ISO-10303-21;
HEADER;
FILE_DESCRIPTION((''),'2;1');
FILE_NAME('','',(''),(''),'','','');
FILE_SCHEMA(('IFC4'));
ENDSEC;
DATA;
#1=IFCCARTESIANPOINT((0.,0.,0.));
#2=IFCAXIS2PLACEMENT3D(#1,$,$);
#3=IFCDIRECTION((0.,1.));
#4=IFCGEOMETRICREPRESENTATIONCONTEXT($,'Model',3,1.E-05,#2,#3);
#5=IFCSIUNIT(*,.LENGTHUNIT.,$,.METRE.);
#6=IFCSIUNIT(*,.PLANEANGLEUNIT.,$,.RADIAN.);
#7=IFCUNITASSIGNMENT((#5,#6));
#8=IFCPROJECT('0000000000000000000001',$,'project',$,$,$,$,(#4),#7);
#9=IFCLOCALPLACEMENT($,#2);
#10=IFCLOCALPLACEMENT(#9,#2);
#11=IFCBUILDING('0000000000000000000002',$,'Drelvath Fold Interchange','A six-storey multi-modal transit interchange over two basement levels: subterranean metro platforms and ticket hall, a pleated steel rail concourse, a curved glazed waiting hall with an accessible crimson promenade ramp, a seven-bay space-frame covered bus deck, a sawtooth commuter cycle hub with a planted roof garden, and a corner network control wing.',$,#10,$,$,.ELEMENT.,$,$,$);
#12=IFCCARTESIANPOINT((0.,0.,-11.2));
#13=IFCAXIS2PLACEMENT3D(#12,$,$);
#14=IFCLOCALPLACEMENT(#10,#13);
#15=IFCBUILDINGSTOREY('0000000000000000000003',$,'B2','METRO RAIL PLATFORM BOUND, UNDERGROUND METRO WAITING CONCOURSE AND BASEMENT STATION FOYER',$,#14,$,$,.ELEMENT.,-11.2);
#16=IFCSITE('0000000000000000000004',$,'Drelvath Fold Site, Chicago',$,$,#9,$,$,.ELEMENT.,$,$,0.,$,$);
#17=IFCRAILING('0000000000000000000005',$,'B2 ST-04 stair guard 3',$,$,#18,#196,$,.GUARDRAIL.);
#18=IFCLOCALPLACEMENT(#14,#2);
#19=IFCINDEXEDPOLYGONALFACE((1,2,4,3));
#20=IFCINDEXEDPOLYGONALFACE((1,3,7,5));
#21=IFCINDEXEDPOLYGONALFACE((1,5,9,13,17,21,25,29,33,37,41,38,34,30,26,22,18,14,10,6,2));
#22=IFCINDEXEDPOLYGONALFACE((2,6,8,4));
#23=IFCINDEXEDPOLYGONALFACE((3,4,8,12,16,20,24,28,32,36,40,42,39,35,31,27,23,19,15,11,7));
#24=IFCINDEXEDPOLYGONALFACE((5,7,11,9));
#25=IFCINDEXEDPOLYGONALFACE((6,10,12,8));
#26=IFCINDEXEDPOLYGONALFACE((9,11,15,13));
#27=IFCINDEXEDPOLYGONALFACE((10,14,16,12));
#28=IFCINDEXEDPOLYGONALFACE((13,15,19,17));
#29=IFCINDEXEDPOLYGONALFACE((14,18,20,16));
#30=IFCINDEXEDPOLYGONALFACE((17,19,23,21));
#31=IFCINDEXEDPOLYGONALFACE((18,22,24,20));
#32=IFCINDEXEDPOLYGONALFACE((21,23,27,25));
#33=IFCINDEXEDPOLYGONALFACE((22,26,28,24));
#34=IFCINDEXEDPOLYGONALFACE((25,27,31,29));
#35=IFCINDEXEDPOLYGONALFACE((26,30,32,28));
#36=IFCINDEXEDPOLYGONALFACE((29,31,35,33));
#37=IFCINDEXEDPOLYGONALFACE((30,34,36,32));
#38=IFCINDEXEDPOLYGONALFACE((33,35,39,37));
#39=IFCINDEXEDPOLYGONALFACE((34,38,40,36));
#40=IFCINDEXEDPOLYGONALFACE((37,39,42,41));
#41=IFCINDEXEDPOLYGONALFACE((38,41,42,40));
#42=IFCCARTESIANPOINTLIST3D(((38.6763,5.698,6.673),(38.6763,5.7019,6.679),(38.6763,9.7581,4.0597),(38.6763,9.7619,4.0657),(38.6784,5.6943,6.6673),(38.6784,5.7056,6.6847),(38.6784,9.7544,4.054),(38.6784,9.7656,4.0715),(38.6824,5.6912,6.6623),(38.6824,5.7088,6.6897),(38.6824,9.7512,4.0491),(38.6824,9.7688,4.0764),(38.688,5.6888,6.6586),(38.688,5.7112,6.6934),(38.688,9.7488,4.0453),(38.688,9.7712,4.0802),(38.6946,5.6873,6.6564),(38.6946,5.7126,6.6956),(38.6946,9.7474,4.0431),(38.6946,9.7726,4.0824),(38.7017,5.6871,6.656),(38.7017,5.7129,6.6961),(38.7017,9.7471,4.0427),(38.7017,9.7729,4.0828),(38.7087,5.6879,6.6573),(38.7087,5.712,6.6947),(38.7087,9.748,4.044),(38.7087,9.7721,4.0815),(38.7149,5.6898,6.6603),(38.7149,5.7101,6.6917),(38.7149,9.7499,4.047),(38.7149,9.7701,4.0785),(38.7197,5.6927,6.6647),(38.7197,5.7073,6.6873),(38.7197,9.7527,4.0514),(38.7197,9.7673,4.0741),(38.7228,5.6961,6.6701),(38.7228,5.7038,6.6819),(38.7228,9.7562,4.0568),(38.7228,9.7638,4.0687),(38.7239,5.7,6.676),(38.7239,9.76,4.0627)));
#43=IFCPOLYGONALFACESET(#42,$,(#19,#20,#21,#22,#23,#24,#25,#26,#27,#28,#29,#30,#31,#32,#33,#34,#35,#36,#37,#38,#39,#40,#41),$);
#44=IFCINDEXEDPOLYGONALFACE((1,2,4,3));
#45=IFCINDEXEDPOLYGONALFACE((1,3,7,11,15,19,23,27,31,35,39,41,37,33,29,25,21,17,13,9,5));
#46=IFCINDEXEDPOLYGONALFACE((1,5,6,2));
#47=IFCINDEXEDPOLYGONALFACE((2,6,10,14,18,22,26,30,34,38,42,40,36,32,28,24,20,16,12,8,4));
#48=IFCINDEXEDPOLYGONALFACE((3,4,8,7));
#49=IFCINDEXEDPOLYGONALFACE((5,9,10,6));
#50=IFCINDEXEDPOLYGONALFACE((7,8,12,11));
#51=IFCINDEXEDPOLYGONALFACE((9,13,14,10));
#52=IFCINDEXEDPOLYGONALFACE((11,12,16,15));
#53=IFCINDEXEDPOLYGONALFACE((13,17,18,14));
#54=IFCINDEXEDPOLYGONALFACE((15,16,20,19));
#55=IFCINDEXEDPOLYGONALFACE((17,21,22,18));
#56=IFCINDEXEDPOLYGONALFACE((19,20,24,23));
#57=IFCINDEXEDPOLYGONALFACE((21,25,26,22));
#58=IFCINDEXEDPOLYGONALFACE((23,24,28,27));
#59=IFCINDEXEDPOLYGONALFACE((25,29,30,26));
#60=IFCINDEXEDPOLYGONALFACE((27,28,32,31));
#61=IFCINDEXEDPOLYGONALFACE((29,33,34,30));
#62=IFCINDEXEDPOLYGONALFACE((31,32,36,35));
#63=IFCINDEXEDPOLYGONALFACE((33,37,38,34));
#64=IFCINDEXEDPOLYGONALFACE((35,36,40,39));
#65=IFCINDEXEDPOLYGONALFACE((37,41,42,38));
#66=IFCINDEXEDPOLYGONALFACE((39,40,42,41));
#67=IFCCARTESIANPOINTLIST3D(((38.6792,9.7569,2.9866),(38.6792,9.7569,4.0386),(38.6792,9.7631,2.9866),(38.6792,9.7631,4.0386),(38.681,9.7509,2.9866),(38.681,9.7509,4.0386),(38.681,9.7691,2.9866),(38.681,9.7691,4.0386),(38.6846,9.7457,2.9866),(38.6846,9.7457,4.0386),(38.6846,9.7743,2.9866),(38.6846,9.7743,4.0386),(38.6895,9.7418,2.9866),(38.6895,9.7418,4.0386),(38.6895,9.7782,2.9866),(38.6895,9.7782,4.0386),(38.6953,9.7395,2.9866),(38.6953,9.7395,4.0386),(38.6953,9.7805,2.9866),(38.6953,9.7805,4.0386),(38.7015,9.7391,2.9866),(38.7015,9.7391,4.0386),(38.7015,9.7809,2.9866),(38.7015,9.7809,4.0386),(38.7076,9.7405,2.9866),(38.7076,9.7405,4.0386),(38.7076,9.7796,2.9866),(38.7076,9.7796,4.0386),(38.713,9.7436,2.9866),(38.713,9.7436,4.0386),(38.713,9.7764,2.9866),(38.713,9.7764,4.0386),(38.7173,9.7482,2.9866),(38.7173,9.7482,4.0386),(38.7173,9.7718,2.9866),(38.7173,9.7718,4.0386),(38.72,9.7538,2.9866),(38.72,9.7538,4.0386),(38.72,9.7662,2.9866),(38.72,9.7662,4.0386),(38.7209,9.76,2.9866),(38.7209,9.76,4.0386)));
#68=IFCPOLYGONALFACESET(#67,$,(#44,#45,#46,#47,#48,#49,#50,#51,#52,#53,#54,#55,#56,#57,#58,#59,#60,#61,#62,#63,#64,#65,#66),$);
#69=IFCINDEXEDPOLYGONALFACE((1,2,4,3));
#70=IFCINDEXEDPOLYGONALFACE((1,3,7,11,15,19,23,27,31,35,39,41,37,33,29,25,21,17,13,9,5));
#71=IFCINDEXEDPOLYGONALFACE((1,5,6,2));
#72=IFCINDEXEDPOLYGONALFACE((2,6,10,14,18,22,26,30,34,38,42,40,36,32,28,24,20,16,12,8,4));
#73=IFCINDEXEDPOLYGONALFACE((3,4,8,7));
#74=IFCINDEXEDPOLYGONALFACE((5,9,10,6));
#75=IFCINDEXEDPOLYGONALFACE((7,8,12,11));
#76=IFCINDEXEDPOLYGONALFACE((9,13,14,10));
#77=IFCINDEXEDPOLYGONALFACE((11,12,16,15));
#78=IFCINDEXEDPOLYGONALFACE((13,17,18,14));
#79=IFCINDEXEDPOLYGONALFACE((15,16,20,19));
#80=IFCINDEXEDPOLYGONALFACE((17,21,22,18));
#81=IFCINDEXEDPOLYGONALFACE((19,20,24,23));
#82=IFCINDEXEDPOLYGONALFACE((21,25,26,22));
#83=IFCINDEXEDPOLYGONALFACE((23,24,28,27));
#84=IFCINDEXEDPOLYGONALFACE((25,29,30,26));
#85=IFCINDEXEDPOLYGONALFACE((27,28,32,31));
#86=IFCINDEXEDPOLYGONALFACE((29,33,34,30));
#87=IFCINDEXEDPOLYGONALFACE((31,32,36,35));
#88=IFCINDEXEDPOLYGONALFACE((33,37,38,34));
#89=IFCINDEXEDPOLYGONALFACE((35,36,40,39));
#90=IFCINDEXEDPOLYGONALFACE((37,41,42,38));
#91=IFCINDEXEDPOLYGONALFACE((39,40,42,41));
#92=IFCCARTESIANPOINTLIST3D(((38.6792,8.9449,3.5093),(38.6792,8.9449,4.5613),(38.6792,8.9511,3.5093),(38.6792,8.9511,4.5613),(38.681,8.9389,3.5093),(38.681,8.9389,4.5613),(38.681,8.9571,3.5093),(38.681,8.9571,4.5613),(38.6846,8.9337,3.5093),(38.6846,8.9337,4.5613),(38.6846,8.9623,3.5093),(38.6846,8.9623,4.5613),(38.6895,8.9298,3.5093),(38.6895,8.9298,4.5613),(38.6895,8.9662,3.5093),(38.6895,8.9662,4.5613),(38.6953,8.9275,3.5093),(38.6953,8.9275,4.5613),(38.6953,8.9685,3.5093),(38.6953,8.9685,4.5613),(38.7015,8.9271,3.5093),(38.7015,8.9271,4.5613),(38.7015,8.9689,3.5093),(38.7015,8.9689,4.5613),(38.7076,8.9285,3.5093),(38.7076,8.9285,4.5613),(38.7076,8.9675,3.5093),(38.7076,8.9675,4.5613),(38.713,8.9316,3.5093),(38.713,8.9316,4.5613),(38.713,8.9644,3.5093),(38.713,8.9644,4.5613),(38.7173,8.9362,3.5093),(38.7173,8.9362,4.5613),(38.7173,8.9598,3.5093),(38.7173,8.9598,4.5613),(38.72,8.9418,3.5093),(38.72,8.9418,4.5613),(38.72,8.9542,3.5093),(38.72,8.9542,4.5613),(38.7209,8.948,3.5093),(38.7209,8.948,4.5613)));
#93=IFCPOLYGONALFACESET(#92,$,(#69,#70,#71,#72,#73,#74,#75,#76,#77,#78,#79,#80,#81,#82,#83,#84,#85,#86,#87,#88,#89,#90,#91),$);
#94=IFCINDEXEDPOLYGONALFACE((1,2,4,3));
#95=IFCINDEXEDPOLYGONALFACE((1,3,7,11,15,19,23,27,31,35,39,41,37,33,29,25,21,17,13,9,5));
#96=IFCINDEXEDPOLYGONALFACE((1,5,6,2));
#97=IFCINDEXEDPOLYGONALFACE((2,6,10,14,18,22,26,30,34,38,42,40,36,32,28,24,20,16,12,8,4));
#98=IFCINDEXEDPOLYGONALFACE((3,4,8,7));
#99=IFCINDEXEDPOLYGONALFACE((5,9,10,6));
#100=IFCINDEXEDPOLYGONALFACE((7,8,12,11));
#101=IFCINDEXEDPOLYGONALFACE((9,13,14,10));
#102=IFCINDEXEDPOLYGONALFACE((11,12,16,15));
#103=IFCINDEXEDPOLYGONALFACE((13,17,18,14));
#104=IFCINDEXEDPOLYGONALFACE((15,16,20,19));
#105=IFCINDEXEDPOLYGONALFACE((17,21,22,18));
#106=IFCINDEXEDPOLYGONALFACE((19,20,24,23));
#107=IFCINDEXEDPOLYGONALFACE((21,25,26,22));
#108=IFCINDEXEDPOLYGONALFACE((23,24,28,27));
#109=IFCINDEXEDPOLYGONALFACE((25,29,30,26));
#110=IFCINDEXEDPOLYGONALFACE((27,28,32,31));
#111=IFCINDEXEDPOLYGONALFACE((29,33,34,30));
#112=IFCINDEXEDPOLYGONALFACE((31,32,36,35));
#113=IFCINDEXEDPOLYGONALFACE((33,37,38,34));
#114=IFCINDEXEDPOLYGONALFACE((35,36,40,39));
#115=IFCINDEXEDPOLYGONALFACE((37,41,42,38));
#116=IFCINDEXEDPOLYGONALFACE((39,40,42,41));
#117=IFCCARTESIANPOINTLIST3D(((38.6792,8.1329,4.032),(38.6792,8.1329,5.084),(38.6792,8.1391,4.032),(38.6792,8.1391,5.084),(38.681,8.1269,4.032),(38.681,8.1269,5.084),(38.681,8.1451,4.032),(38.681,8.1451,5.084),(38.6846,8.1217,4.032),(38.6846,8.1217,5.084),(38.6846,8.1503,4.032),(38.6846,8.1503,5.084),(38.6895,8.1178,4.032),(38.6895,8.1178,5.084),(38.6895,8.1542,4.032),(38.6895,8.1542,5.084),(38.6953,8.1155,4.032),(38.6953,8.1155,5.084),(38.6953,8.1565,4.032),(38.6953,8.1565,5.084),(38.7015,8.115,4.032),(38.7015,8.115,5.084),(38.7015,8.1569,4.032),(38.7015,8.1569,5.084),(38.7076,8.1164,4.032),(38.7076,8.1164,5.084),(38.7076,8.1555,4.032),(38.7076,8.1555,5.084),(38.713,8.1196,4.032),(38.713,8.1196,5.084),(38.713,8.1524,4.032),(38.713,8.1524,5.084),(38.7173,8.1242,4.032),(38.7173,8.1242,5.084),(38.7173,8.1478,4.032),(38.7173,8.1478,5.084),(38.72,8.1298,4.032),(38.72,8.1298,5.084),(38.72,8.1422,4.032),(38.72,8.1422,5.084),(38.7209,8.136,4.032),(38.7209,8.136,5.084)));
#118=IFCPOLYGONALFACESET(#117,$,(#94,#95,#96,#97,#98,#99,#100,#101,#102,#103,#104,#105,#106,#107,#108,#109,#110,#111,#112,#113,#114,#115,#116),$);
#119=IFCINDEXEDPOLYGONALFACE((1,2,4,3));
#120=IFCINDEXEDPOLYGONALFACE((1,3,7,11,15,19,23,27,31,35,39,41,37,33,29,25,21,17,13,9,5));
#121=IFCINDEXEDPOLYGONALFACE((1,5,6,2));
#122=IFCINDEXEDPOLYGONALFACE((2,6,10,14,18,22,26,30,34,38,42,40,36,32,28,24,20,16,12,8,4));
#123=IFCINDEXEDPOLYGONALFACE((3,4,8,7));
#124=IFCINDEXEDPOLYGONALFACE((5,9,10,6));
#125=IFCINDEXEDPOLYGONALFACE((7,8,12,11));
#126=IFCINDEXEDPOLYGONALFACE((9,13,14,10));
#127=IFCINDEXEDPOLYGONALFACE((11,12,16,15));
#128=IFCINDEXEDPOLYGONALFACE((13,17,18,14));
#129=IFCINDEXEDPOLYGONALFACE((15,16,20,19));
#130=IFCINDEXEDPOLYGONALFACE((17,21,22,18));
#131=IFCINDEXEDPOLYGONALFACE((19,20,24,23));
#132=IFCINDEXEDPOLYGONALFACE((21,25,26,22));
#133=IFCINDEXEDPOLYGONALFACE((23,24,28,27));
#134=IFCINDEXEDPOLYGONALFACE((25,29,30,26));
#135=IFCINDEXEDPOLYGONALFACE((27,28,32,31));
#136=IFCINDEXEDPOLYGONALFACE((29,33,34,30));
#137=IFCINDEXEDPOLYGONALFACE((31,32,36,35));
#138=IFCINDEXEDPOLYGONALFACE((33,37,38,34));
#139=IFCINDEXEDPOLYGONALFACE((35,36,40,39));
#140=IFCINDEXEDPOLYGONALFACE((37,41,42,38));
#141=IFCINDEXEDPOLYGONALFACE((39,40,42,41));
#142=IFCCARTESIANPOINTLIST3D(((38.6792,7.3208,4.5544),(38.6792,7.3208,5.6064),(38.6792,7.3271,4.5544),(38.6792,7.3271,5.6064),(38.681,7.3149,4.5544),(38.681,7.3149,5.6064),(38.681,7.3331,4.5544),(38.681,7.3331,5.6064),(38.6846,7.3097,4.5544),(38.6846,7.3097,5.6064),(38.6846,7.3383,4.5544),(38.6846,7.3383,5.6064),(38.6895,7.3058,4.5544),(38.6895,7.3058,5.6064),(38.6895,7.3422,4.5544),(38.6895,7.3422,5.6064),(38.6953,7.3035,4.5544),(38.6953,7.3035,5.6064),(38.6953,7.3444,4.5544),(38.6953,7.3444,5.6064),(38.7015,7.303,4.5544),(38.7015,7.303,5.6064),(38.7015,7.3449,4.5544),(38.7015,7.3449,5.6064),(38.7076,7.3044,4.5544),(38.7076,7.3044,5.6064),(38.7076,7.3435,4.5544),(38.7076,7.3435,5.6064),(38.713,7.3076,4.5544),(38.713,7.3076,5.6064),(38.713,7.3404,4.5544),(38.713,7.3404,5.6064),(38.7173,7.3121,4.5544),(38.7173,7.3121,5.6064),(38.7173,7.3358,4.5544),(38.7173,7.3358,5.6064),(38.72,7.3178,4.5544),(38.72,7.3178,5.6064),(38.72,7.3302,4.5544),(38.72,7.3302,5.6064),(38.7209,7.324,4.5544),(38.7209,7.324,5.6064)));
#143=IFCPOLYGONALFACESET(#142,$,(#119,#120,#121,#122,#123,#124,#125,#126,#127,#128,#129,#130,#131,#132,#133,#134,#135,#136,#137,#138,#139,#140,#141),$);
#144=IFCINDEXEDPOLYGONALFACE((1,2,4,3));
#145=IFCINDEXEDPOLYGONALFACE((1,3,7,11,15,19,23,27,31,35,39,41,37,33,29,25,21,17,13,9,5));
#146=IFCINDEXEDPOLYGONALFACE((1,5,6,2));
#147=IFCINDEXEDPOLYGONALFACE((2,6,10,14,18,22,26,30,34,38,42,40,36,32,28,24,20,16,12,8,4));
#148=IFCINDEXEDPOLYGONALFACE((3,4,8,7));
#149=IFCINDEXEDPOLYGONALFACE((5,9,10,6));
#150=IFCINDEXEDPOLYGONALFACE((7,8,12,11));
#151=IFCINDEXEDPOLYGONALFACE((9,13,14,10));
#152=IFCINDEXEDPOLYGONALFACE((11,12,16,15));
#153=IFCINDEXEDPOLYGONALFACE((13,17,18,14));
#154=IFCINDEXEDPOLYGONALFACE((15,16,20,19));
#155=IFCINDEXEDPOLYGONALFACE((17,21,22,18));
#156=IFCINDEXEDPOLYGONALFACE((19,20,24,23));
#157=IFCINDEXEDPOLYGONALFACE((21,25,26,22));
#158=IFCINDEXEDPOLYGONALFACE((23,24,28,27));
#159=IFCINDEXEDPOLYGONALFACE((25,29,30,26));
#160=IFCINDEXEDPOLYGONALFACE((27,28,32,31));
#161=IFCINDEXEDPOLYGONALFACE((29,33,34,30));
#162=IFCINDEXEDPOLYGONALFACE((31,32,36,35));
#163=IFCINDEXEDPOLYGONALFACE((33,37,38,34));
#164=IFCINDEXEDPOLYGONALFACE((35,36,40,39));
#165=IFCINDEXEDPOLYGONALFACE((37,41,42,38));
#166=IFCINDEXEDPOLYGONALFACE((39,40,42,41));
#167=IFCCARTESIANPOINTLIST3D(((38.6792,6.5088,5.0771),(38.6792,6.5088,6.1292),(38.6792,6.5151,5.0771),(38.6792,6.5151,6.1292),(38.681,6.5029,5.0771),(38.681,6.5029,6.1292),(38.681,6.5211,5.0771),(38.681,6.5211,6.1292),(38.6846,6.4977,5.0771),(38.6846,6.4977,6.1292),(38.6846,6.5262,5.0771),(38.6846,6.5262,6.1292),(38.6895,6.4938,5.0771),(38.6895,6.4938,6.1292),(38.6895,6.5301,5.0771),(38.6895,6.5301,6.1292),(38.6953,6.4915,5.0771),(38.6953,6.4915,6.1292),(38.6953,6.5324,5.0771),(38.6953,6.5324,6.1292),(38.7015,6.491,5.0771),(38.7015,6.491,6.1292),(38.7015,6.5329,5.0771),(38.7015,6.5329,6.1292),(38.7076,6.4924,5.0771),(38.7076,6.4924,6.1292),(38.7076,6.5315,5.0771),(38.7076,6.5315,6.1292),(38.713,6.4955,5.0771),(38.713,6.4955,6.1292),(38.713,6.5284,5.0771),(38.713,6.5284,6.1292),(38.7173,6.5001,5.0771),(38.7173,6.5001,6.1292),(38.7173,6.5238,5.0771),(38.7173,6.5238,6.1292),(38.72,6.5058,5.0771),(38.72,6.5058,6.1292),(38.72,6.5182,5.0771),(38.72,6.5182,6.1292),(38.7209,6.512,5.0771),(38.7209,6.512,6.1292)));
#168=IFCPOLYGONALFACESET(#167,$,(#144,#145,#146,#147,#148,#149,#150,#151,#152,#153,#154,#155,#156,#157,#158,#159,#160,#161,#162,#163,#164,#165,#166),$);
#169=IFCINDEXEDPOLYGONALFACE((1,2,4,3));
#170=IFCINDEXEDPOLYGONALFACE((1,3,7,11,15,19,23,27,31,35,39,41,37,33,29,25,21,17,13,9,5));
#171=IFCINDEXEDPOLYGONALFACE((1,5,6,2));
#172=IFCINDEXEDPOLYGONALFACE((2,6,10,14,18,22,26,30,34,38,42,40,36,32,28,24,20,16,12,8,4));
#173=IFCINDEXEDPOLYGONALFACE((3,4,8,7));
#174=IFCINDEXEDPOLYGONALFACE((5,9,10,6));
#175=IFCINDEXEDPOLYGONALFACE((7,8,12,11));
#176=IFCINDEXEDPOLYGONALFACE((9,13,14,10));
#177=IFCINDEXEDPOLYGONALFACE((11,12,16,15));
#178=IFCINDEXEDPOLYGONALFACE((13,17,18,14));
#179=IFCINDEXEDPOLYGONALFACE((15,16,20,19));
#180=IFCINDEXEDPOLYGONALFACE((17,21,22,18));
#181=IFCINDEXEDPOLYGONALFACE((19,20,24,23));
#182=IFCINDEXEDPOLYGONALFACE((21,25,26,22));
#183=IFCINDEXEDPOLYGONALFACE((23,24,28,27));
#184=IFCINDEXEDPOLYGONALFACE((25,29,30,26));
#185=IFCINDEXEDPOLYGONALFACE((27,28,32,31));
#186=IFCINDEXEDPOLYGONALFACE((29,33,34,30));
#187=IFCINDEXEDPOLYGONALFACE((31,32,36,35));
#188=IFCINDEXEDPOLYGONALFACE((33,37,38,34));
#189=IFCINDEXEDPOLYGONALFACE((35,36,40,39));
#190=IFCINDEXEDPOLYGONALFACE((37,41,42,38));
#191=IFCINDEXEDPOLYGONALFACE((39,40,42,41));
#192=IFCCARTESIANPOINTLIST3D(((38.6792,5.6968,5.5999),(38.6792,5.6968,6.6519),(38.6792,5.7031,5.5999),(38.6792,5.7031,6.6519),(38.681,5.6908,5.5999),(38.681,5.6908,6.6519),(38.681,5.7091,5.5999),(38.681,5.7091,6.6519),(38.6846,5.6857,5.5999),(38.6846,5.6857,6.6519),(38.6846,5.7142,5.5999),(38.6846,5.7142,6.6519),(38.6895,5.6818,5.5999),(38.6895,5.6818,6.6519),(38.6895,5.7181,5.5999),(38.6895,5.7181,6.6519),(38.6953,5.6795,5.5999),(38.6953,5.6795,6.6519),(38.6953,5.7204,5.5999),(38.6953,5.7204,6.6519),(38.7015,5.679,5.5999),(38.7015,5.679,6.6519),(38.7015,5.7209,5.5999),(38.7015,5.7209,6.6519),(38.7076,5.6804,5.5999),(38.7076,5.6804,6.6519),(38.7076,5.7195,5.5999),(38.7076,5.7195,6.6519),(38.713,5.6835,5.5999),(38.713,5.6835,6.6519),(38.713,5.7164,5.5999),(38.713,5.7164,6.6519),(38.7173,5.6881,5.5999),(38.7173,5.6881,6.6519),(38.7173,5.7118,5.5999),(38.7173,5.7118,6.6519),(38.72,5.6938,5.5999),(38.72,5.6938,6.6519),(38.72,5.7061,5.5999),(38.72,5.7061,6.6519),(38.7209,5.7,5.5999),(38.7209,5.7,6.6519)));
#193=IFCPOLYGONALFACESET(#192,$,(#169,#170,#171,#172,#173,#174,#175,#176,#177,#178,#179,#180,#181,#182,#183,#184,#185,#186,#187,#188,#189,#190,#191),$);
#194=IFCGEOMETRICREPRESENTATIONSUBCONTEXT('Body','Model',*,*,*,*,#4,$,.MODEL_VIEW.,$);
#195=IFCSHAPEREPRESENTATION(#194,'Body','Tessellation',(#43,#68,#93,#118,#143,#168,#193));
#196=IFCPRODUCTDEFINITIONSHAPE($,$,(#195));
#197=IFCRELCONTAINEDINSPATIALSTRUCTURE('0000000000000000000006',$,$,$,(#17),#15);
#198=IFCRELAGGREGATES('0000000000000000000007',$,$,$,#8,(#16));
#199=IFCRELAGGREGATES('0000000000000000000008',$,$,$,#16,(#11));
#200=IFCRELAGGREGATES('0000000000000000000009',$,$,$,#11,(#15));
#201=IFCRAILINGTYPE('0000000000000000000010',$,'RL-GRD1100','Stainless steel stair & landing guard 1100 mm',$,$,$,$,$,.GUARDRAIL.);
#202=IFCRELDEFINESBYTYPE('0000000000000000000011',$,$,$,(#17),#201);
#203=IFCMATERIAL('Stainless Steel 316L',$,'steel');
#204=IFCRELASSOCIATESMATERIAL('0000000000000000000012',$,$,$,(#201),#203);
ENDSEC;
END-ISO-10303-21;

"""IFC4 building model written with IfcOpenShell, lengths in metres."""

from ifc_helpers import new_model, si_unit, direction, frame, origin, origin_2d, place, context, subcontext, project, spatial, circle, extrude, material, type_object, element, save


model = new_model("IFC4")

# Units and contexts
model_context = context("Model", 3, precision=1e-05, world=origin(), true_north=direction((0.0, 1.0)))
body_context = subcontext(model_context, "Body", "Model", "MODEL_VIEW")
ifc_project = project(units=[si_unit("LENGTHUNIT", "METRE"), si_unit("PLANEANGLEUNIT", "RADIAN")], contexts=[model_context])

# Site, building, storey
site_placement = place(None, origin())
site = spatial("IfcSite", under=ifc_project, at=site_placement, Name="Drelvath Fold Site, Chicago", CompositionType="ELEMENT", RefElevation=0.0)
building_placement = place(site_placement, origin())
building = spatial("IfcBuilding", under=site, at=building_placement, Name="Drelvath Fold Interchange", Description="A six-storey multi-modal transit interchange over two basement levels: subterranean metro platforms and ticket hall, a pleated steel rail concourse, a curved glazed waiting hall with an accessible crimson promenade ramp, a seven-bay space-frame covered bus deck, a sawtooth commuter cycle hub with a planted roof garden, and a corner network control wing.", CompositionType="ELEMENT")
storey_placement = place(building_placement, frame((0.0, 0.0, -11.2)))
storey = spatial("IfcBuildingStorey", under=building, at=storey_placement, Name="B2", Description="METRO RAIL PLATFORM BOUND, UNDERGROUND METRO WAITING CONCOURSE AND BASEMENT STATION FOYER", CompositionType="ELEMENT", Elevation=-11.2)

# Railing
ifc_material_1 = material(Name="Stainless Steel 316L", Category="steel")
railing_type_1 = type_object("IfcRailingType", Name="RL-GRD1100", Description="Stainless steel stair & landing guard 1100 mm", PredefinedType="GUARDRAIL", material=ifc_material_1)
railing_1_placement = place(storey_placement, frame((38.7, 9.76, 2.9866)))
element("IfcRailing", 1, at=railing_1_placement, inside=storey, type_object=railing_type_1, Name="B2 ST-04 stair guard 3", PredefinedType="GUARDRAIL", context=body_context, shape_type="SweptSolid", body=[
    extrude(circle(Radius=0.0239, at=origin_2d()), frame((0.0, 0.0, 1.0762), z_axis=(0.0, -0.840873, 0.541233), x_axis=(1.0, 0.0, 0.0)), (0.0, 0.0, 1.0), 4.8284),
    extrude(circle(Radius=0.021, at=origin_2d()), origin(), (0.0, 0.0, 1.0), 1.052),
    extrude(circle(Radius=0.021, at=origin_2d()), frame((0.0, -0.812, 0.5227)), (0.0, 0.0, 1.0), 1.052),
    extrude(circle(Radius=0.021, at=origin_2d()), frame((0.0, -1.624, 1.0454)), (0.0, 0.0, 1.0), 1.052),
    extrude(circle(Radius=0.021, at=origin_2d()), frame((0.0, -2.436, 1.5679)), (0.0, 0.0, 1.0), 1.052),
    extrude(circle(Radius=0.021, at=origin_2d()), frame((0.0, -3.248, 2.0906)), (0.0, 0.0, 1.0), 1.052),
    extrude(circle(Radius=0.021, at=origin_2d()), frame((0.0, -4.0601, 2.6133)), (0.0, 0.0, 1.0), 1.052),
])

save(model, "model.ifc")
